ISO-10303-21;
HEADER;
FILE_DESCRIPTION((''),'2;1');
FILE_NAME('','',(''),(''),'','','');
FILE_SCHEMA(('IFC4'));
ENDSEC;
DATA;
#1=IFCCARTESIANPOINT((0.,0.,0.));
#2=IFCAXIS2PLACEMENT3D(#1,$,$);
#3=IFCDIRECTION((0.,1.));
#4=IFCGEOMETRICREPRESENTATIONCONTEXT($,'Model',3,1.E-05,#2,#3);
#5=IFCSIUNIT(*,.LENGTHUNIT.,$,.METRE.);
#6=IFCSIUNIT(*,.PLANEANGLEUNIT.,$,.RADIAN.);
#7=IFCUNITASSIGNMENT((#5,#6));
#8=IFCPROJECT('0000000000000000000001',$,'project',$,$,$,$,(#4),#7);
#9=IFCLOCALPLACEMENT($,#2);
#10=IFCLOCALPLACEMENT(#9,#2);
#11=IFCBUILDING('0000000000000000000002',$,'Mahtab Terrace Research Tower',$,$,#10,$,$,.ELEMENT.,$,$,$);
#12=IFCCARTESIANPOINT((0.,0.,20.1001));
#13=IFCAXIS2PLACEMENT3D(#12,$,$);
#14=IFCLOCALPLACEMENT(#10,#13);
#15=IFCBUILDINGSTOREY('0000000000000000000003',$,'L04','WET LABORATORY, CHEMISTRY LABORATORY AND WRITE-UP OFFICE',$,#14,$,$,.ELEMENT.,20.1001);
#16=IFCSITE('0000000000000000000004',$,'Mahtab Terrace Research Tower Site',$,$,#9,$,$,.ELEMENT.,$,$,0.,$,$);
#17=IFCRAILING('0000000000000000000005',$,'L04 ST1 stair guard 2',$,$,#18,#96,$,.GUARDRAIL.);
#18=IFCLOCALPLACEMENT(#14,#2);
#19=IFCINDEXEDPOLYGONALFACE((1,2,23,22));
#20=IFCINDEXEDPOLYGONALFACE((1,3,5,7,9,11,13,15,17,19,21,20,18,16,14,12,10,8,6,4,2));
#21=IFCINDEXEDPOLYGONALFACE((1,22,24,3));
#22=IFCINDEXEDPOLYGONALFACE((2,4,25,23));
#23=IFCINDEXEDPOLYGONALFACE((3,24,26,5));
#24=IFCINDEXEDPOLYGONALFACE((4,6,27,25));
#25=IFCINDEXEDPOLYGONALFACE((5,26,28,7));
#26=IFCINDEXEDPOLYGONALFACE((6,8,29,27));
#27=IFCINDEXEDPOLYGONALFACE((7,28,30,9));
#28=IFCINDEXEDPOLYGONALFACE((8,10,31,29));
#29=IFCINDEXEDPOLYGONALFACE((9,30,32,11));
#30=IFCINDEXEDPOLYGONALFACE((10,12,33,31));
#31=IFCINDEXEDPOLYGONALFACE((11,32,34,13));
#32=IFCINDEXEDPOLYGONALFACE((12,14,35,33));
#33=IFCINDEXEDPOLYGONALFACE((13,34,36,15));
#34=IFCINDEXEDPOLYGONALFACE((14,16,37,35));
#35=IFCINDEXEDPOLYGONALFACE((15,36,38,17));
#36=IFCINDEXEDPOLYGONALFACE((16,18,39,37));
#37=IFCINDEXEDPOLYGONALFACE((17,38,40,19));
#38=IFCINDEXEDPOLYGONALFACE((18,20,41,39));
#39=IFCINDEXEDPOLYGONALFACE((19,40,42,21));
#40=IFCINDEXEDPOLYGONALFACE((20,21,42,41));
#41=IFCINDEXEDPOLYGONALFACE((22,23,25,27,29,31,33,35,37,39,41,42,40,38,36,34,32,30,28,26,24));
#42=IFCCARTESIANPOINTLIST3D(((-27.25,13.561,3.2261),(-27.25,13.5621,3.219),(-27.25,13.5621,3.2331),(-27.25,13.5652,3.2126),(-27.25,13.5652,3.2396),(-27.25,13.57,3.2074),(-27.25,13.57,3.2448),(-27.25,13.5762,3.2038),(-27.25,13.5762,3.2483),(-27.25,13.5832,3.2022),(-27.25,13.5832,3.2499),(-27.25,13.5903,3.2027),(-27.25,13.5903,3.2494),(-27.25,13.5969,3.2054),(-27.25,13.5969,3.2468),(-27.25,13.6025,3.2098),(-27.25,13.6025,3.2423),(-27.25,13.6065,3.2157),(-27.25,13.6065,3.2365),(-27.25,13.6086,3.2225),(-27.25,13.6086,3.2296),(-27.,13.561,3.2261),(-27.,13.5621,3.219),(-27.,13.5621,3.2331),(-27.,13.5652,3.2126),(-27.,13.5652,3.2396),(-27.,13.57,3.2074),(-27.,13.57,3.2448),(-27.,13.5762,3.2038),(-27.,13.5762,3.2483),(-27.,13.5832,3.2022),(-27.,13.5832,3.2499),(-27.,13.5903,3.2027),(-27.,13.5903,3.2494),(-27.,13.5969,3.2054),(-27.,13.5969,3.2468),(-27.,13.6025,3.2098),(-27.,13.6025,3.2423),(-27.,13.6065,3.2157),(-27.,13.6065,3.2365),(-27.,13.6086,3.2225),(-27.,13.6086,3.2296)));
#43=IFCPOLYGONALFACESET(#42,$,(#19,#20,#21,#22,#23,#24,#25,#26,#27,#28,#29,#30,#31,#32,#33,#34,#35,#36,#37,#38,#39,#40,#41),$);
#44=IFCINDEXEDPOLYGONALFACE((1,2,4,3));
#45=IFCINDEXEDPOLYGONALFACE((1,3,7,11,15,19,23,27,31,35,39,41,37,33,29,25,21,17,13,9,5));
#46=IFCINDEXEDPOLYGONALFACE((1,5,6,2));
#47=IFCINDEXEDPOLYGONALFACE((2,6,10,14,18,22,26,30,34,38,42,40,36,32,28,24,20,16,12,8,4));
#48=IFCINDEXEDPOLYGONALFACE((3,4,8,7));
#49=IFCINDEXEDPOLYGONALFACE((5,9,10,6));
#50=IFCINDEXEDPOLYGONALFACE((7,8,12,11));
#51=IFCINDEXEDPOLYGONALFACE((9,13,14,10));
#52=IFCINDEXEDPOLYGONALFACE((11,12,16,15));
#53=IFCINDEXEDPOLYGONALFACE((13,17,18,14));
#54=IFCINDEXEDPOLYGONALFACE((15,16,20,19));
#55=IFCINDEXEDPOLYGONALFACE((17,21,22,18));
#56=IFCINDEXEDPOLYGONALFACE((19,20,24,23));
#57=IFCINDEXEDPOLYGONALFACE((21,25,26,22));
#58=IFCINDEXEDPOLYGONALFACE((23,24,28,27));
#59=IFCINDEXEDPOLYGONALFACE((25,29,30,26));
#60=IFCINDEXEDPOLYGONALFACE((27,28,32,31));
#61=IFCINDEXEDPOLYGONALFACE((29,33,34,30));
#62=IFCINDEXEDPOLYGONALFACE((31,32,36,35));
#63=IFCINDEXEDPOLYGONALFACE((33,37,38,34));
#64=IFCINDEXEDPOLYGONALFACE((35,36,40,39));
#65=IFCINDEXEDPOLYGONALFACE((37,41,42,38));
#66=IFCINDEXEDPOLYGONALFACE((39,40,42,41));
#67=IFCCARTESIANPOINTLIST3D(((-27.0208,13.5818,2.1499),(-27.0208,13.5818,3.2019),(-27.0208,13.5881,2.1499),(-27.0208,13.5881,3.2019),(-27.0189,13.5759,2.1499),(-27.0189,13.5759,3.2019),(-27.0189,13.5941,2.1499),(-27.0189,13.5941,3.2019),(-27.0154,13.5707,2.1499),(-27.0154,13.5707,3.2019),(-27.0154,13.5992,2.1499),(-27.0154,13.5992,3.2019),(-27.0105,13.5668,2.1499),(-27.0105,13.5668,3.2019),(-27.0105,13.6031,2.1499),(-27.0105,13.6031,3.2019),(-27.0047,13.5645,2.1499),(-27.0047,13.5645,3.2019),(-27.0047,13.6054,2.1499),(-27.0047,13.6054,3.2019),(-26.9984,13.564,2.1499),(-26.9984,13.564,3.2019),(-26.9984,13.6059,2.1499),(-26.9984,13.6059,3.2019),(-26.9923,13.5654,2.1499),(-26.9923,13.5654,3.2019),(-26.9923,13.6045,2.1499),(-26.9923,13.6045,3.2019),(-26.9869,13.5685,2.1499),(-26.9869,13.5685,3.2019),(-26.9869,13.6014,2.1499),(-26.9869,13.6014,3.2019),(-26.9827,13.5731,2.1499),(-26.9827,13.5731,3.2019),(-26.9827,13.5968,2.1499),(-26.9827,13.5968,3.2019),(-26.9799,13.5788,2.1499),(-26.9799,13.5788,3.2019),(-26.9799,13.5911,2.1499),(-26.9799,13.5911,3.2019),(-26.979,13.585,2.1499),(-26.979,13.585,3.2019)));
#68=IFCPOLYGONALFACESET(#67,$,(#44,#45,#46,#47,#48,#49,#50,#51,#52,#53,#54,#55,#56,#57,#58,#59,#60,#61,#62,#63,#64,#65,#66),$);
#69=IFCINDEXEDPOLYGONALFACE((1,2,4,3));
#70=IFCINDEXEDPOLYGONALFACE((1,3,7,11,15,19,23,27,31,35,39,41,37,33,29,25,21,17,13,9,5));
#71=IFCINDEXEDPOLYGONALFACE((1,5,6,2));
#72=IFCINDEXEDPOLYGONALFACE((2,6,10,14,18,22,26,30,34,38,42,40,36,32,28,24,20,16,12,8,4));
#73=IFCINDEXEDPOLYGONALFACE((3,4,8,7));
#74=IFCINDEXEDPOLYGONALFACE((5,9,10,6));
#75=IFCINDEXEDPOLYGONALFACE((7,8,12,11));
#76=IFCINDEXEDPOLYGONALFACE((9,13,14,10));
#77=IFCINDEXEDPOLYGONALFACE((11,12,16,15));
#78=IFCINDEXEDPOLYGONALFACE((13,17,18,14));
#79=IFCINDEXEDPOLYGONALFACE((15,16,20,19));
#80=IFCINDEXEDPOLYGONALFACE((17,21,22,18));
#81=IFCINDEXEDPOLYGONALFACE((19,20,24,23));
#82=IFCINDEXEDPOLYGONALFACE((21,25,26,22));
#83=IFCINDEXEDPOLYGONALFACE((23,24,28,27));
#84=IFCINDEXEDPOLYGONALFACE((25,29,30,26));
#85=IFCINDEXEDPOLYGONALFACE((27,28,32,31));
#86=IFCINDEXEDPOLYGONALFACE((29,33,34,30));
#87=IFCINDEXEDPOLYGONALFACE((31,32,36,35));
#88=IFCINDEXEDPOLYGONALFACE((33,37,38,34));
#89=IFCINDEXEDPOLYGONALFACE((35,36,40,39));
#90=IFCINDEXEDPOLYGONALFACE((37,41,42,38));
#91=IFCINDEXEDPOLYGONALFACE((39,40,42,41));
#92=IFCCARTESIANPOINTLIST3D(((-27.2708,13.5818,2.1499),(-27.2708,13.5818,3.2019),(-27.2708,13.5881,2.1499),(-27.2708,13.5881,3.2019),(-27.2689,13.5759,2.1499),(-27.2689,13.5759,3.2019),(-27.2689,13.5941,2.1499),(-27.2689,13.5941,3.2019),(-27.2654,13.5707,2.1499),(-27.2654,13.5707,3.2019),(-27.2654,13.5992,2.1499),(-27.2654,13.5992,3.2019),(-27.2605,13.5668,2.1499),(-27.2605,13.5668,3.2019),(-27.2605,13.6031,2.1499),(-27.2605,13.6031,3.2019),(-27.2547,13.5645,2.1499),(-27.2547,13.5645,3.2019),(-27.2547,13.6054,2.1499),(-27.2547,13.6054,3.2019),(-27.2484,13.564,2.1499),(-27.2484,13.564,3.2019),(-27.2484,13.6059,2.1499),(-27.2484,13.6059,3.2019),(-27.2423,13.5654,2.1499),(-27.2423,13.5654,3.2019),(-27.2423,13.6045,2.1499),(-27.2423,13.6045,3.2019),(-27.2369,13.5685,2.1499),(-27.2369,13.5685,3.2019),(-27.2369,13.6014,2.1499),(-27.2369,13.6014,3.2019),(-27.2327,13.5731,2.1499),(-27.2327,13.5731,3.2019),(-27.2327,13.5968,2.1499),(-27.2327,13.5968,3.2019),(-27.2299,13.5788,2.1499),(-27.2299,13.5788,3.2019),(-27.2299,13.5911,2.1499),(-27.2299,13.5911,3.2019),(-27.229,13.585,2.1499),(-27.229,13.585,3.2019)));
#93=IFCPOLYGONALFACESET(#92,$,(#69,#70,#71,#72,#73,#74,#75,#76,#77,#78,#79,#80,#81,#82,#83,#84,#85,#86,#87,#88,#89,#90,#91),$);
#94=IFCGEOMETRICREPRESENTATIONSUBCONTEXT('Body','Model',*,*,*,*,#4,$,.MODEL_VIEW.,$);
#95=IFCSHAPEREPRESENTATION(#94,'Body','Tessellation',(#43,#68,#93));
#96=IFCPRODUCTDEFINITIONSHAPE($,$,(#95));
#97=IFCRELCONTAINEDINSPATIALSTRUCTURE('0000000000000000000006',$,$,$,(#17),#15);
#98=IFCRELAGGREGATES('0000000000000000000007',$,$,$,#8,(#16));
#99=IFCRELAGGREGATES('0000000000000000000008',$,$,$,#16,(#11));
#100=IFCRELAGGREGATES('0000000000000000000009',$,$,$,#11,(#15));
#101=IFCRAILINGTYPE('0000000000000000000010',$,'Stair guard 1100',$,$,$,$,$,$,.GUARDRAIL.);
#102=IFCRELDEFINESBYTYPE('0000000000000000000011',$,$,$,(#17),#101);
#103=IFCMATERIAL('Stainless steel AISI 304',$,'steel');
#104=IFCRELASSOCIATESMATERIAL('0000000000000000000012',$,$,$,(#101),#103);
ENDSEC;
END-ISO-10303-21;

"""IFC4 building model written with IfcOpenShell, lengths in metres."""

from ifc_helpers import new_model, si_unit, direction, frame, origin, origin_2d, place, context, subcontext, project, spatial, circle, extrude, material, type_object, element, save


model = new_model("IFC4")

# Units and contexts
model_context = context("Model", 3, precision=1e-05, world=origin(), true_north=direction((0.0, 1.0)))
body_context = subcontext(model_context, "Body", "Model", "MODEL_VIEW")
ifc_project = project(units=[si_unit("LENGTHUNIT", "METRE"), si_unit("PLANEANGLEUNIT", "RADIAN")], contexts=[model_context])

# Site, building, storey
site_placement = place(None, origin())
site = spatial("IfcSite", under=ifc_project, at=site_placement, Name="Mahtab Terrace Research Tower Site", CompositionType="ELEMENT", RefElevation=0.0)
building_placement = place(site_placement, origin())
building = spatial("IfcBuilding", under=site, at=building_placement, Name="Mahtab Terrace Research Tower", CompositionType="ELEMENT")
storey_placement = place(building_placement, frame((0.0, 0.0, 20.1001)))
storey = spatial("IfcBuildingStorey", under=building, at=storey_placement, Name="L04", Description="WET LABORATORY, CHEMISTRY LABORATORY AND WRITE-UP OFFICE", CompositionType="ELEMENT", Elevation=20.1001)

# Shared definitions
ifc_material_1 = material(Name="Stainless steel AISI 304", Category="steel")

# Railing
railing_type = type_object("IfcRailingType", Name="Stair guard 1100", PredefinedType="GUARDRAIL", material=ifc_material_1)
railing_placement = place(storey_placement, frame((-27.0, 13.585, 2.1499)))
element("IfcRailing", 1, at=railing_placement, inside=storey, type_object=railing_type, Name="L04 ST1 stair guard 2", PredefinedType="GUARDRAIL", context=body_context, shape_type="SweptSolid", body=[
    extrude(circle(Radius=0.0239, at=origin_2d()), frame((0.0, 0.0, 1.0762), z_axis=(-1.0, 0.0, 0.0), x_axis=(0.0, -1.0, 0.0)), (0.0, 0.0, 1.0), 0.25),
    extrude(circle(Radius=0.021, at=origin_2d()), origin(), (0.0, 0.0, 1.0), 1.052),
    extrude(circle(Radius=0.021, at=origin_2d()), frame((-0.25, 0.0, 0.0)), (0.0, 0.0, 1.0), 1.052),
])

save(model, "model.ifc")
